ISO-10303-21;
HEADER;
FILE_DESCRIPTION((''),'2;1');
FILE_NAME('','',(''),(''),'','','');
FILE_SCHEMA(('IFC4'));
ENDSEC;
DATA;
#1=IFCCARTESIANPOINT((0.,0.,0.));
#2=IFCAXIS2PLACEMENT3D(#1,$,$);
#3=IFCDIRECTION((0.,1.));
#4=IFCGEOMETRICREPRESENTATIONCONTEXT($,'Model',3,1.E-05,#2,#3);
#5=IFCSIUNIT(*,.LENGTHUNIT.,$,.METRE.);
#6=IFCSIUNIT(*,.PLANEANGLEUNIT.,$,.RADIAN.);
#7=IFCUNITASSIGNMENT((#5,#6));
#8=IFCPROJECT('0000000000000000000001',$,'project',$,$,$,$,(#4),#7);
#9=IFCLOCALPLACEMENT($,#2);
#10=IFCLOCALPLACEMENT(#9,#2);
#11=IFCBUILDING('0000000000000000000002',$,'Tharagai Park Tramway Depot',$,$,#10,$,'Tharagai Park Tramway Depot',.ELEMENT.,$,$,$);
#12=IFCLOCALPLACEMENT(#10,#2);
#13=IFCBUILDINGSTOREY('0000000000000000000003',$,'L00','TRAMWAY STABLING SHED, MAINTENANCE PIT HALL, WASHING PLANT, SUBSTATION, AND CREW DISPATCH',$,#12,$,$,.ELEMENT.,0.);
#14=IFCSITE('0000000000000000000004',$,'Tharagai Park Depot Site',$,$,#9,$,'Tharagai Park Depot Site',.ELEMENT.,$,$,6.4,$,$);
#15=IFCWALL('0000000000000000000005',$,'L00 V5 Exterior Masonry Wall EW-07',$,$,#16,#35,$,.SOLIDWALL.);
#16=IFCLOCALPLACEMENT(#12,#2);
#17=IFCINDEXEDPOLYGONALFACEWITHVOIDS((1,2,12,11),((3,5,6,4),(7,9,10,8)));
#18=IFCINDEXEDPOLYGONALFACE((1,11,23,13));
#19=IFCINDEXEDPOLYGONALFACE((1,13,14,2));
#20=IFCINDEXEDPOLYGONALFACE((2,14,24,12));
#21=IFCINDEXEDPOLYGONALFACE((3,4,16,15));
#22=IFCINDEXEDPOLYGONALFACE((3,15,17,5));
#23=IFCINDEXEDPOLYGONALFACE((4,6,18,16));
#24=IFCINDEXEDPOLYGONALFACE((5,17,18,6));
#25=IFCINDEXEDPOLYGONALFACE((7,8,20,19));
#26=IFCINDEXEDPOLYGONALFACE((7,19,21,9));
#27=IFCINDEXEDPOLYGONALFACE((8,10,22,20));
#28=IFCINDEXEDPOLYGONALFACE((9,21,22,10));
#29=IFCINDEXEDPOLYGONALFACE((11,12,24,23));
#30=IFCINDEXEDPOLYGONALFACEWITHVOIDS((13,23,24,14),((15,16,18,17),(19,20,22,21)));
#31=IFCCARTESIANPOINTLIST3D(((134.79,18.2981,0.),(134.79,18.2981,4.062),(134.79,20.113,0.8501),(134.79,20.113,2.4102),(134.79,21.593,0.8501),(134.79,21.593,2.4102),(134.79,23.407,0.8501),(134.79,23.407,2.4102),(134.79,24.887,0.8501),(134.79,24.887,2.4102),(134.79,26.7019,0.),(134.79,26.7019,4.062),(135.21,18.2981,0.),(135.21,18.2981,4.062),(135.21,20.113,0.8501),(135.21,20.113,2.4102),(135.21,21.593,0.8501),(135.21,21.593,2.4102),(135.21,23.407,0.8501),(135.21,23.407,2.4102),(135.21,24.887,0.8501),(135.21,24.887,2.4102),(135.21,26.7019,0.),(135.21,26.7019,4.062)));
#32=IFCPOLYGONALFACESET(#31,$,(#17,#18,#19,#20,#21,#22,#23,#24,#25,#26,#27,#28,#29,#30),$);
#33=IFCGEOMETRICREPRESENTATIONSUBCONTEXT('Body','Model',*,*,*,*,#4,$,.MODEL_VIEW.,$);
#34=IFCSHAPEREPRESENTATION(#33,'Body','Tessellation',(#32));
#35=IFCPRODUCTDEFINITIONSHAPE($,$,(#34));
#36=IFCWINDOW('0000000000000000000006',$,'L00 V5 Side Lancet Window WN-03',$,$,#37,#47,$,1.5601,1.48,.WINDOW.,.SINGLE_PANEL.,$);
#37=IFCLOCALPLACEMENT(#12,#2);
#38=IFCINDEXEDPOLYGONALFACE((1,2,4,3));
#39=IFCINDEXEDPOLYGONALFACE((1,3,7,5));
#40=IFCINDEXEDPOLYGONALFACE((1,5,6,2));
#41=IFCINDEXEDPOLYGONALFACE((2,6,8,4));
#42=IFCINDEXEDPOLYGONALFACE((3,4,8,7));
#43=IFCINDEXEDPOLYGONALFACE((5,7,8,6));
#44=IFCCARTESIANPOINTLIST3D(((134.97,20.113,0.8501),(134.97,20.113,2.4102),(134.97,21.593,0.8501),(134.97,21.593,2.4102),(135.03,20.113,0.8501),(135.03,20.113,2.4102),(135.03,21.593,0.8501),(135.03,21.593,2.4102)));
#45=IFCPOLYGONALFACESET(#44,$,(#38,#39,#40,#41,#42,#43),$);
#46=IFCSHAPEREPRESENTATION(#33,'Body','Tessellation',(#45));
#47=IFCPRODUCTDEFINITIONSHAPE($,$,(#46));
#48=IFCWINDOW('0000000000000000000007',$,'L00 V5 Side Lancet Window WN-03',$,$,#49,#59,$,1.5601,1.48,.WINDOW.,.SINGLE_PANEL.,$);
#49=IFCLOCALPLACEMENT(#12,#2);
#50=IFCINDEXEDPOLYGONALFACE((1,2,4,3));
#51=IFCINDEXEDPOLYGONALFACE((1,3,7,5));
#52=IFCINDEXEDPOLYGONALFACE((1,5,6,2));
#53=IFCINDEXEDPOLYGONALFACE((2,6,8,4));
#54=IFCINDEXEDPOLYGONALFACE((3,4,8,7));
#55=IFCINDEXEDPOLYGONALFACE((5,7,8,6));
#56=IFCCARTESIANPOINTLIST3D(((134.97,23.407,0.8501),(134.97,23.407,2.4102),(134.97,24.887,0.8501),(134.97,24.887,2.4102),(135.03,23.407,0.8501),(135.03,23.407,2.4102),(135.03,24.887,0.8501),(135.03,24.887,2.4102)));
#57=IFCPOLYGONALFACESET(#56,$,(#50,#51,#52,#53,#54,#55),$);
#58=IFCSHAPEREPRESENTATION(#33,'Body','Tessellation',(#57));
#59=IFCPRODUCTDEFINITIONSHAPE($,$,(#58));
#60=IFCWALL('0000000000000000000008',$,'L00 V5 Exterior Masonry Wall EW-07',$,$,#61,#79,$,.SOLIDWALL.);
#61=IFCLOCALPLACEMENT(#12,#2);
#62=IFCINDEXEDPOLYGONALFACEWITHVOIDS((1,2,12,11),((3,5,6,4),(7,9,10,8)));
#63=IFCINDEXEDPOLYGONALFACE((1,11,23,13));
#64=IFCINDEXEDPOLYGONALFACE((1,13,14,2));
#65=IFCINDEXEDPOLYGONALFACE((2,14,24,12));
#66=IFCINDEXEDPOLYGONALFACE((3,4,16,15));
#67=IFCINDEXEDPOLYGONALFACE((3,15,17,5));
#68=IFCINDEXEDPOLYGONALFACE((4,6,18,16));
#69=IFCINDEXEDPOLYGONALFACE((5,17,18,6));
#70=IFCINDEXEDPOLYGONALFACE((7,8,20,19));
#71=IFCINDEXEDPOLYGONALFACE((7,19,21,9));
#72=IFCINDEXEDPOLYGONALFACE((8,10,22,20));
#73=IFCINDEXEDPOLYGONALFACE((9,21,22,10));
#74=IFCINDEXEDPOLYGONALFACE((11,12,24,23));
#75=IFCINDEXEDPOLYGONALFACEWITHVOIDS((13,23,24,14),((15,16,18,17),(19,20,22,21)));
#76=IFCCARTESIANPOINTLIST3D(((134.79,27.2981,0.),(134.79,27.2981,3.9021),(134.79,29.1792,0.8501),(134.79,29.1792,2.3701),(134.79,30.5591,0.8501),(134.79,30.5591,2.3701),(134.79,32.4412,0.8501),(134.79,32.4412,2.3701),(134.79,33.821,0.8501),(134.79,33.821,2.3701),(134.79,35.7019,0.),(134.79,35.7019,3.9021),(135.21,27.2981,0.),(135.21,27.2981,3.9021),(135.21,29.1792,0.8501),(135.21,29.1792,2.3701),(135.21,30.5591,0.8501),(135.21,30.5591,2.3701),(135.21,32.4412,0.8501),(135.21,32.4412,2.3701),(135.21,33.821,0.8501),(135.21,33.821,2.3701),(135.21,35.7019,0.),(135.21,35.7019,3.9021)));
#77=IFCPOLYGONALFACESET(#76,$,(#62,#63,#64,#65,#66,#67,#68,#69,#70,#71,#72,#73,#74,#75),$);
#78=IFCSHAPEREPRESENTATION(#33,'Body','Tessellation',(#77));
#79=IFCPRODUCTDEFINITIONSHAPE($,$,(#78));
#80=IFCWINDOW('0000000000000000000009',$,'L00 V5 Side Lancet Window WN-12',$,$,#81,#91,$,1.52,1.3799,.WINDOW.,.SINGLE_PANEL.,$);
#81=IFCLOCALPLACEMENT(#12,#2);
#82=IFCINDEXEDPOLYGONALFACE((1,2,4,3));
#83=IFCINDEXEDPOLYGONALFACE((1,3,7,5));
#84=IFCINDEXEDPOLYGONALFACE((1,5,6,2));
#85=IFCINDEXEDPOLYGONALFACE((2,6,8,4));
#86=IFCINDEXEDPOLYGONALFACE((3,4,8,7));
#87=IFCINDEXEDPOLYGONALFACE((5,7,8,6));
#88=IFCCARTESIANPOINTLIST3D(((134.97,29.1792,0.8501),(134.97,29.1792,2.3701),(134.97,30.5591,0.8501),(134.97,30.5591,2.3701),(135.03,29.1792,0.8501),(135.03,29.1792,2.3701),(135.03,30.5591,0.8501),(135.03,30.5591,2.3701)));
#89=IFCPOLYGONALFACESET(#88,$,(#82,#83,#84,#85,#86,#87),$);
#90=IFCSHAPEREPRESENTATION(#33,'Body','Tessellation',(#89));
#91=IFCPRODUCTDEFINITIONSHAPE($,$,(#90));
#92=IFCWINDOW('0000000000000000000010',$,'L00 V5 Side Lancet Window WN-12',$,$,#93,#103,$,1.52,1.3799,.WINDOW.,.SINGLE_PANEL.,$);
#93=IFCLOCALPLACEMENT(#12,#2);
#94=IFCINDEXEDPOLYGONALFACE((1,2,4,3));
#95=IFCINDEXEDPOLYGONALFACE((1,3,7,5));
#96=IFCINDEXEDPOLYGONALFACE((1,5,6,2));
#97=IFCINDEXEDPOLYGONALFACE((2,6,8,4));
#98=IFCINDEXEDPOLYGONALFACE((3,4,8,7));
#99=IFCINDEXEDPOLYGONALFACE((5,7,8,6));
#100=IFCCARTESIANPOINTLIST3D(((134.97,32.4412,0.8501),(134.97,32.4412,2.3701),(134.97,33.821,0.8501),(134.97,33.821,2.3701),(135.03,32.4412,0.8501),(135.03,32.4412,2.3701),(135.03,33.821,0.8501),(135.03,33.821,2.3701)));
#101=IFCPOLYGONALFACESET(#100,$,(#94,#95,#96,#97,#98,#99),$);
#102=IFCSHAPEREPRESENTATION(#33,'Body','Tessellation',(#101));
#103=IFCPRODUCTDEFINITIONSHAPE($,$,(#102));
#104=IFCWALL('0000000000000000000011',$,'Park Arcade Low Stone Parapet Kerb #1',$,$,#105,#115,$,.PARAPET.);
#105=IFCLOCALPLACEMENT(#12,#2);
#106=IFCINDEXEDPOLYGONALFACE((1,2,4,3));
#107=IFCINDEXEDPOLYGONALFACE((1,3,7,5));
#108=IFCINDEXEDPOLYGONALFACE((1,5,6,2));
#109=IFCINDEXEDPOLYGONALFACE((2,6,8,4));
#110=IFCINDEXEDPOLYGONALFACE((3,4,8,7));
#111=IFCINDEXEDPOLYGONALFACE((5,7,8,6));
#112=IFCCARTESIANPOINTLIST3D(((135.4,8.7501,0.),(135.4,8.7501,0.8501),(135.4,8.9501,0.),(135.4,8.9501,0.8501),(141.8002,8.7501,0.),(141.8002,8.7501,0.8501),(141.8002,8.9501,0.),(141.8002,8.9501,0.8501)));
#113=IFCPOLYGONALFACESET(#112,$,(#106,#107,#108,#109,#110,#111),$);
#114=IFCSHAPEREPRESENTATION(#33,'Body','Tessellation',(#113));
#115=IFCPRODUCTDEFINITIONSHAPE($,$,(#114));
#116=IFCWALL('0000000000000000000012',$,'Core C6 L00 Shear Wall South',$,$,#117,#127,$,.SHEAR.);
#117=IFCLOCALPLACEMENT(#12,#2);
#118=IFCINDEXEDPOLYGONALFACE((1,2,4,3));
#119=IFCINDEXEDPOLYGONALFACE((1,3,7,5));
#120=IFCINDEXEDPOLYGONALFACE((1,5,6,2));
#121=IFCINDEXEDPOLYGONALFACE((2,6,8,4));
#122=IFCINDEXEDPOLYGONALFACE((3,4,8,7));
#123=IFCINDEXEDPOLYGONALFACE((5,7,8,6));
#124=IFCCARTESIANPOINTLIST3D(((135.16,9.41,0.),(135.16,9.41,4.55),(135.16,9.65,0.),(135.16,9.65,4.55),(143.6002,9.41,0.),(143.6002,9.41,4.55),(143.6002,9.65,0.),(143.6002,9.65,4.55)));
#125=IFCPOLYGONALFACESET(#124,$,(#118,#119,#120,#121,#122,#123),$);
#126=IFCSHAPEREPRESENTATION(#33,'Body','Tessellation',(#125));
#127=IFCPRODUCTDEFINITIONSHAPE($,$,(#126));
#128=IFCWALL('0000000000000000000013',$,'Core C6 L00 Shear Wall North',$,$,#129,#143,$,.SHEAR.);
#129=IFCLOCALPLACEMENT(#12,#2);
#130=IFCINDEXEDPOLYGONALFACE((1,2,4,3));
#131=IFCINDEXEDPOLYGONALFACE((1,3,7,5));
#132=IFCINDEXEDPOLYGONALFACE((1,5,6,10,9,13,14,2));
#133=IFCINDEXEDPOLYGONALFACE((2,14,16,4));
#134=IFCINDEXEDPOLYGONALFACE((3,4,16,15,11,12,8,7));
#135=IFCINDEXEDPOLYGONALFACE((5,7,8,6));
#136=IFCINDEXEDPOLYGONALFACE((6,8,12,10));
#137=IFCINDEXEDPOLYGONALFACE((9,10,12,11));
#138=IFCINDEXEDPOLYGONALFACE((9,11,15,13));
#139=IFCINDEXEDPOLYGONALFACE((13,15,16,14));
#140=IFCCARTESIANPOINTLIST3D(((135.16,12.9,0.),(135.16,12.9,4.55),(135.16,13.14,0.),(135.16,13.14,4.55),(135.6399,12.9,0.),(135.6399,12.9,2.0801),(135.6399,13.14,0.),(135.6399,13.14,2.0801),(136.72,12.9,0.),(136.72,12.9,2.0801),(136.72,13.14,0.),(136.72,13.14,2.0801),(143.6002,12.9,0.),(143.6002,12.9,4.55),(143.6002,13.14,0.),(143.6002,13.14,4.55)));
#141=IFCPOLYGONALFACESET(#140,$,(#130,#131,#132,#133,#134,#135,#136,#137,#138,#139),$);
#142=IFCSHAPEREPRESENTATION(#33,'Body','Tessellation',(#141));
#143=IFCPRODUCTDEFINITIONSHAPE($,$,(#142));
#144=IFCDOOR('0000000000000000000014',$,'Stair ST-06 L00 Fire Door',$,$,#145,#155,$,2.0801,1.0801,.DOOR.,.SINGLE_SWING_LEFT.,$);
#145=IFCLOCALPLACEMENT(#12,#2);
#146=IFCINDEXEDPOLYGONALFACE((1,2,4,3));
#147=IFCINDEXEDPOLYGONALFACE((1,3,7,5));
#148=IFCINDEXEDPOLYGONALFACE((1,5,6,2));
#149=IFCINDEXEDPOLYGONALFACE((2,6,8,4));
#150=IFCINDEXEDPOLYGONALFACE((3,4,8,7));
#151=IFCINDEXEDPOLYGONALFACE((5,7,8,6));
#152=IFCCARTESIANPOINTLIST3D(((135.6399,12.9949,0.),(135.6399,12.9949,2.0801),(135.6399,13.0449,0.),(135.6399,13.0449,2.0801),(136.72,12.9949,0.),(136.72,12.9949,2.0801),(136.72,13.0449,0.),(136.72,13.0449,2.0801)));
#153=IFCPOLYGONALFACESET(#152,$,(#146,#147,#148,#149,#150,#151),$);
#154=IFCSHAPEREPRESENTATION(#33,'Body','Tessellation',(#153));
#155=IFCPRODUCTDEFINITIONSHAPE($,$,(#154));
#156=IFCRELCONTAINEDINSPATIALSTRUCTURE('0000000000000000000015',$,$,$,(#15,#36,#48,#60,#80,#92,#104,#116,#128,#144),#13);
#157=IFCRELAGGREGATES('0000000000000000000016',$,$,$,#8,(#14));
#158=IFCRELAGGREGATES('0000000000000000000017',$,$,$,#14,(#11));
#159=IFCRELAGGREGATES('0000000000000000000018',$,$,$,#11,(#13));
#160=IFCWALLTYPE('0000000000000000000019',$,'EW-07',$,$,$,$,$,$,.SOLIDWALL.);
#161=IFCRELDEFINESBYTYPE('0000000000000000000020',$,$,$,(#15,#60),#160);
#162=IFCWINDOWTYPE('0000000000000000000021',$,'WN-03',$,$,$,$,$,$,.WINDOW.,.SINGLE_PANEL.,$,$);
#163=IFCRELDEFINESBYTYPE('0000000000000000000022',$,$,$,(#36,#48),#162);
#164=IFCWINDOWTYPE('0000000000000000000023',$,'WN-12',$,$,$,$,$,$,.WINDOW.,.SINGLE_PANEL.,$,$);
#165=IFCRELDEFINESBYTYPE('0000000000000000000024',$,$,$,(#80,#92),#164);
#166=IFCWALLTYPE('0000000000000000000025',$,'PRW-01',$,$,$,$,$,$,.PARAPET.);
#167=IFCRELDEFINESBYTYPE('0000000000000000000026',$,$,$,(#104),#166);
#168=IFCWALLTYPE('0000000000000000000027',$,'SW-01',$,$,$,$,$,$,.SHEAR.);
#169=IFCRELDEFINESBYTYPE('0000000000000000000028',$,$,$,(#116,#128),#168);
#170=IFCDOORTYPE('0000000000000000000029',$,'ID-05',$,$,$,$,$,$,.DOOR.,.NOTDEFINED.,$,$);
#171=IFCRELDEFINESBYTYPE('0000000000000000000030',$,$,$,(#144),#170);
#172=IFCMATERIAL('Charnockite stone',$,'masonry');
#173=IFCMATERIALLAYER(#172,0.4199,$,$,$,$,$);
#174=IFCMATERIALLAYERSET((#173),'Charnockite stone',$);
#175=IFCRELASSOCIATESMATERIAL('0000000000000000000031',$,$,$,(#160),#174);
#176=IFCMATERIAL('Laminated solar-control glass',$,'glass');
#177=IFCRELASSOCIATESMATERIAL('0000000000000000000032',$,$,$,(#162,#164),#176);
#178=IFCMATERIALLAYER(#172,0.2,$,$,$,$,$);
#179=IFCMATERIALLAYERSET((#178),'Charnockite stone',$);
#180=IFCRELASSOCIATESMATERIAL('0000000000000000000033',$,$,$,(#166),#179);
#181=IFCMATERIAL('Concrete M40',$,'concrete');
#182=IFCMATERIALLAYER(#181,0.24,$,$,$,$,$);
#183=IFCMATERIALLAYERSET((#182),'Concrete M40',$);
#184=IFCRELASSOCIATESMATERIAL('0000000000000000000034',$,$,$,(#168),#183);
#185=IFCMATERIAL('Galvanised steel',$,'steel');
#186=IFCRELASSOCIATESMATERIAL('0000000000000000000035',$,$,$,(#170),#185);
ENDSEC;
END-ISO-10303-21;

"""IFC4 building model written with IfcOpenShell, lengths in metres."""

from ifc_helpers import new_model, si_unit, direction, frame, frame_2d, origin, place, context, subcontext, project, spatial, rectangle, extrude, material, layer, layer_set, type_object, element, fill, save


model = new_model("IFC4")

# Units and contexts
model_context = context("Model", 3, precision=1e-05, world=origin(), true_north=direction((0.0, 1.0)))
body_context = subcontext(model_context, "Body", "Model", "MODEL_VIEW")
ifc_project = project(units=[si_unit("LENGTHUNIT", "METRE"), si_unit("PLANEANGLEUNIT", "RADIAN")], contexts=[model_context])

# Site, building, storey
site_placement = place(None, origin())
site = spatial("IfcSite", under=ifc_project, at=site_placement, Name="Tharagai Park Depot Site", LongName="Tharagai Park Depot Site", CompositionType="ELEMENT", RefElevation=6.4)
building_placement = place(site_placement, origin())
building = spatial("IfcBuilding", under=site, at=building_placement, Name="Tharagai Park Tramway Depot", LongName="Tharagai Park Tramway Depot", CompositionType="ELEMENT")
storey_placement = place(building_placement, origin())
storey = spatial("IfcBuildingStorey", under=building, at=storey_placement, Name="L00", Description="TRAMWAY STABLING SHED, MAINTENANCE PIT HALL, WASHING PLANT, SUBSTATION, AND CREW DISPATCH", CompositionType="ELEMENT", Elevation=0.0)

# Shared definitions
ifc_material_1 = material(Name="Concrete M40", Category="concrete")

# Shared definitions
ifc_material_2 = material(Name="Charnockite stone", Category="masonry")
ifc_layer_1 = layer(ifc_material_2, 0.4199)
ifc_layer_set_1 = layer_set([ifc_layer_1], Name="Charnockite stone")
wall_type_1 = type_object("IfcWallType", Name="EW-07", PredefinedType="SOLIDWALL", material=ifc_layer_set_1)

# Walls, openings, windows
wall_1_placement = place(storey_placement, frame((135.0, 18.2981, 0.0), z_axis=(0.0, 0.0, 1.0), x_axis=(0.0, 1.0, 0.0)))
wall_1 = element("IfcWall", 1, at=wall_1_placement, inside=storey, type_object=wall_type_1, Name="L00 V5 Exterior Masonry Wall EW-07", PredefinedType="SOLIDWALL", context=body_context, shape_type="SweptSolid", body=[
    extrude(rectangle(XDim=8.4038, YDim=0.4199, at=frame_2d((4.2019, 0.0))), origin(), (0.0, 0.0, 1.0), 4.062),
])
opening_1_placement = place(wall_1_placement, frame((1.8149, 0.0, 0.8501)))
opening_1 = element("IfcOpeningElement", 2, at=opening_1_placement, cuts=wall_1, PredefinedType="OPENING", context=body_context, shape_type="SweptSolid", body=[
    extrude(rectangle(XDim=1.48, YDim=1.5601, at=frame_2d((0.74, 0.78))), frame((0.0, 0.22, 0.0), z_axis=(0.0, -1.0, 0.0), x_axis=(1.0, 0.0, 0.0)), (0.0, 0.0, 1.0), 0.4399),
])
opening_2_placement = place(wall_1_placement, frame((5.1089, 0.0, 0.8501)))
opening_2 = element("IfcOpeningElement", 3, at=opening_2_placement, cuts=wall_1, PredefinedType="OPENING", context=body_context, shape_type="SweptSolid", body=[
    extrude(rectangle(XDim=1.48, YDim=1.5601, at=frame_2d((0.74, 0.78))), frame((0.0, 0.22, 0.0), z_axis=(0.0, -1.0, 0.0), x_axis=(1.0, 0.0, 0.0)), (0.0, 0.0, 1.0), 0.4399),
])
ifc_material_3 = material(Name="Laminated solar-control glass", Category="glass")
window_type_1 = type_object("IfcWindowType", Name="WN-03", PartitioningType="SINGLE_PANEL", PredefinedType="WINDOW", material=ifc_material_3)
window_1_placement = place(opening_1_placement, origin())
window_1 = element("IfcWindow", 4, at=window_1_placement, inside=storey, type_object=window_type_1, Name="L00 V5 Side Lancet Window WN-03", OverallHeight=1.5601, OverallWidth=1.48, PartitioningType="SINGLE_PANEL", PredefinedType="WINDOW", context=body_context, shape_type="SweptSolid", body=[
    extrude(rectangle(XDim=1.48, YDim=1.5601, at=frame_2d((0.74, 0.78))), frame((0.0, 0.03, 0.0), z_axis=(0.0, -1.0, 0.0), x_axis=(1.0, 0.0, 0.0)), (0.0, 0.0, 1.0), 0.0601),
])
fill(opening_1, window_1)
window_2_placement = place(opening_2_placement, origin())
window_2 = element("IfcWindow", 5, at=window_2_placement, inside=storey, type_object=window_type_1, Name="L00 V5 Side Lancet Window WN-03", OverallHeight=1.5601, OverallWidth=1.48, PartitioningType="SINGLE_PANEL", PredefinedType="WINDOW", context=body_context, shape_type="SweptSolid", body=[
    extrude(rectangle(XDim=1.48, YDim=1.5601, at=frame_2d((0.74, 0.78))), frame((0.0, 0.03, 0.0), z_axis=(0.0, -1.0, 0.0), x_axis=(1.0, 0.0, 0.0)), (0.0, 0.0, 1.0), 0.0601),
])
fill(opening_2, window_2)
wall_2_placement = place(storey_placement, frame((135.0, 27.2981, 0.0), z_axis=(0.0, 0.0, 1.0), x_axis=(0.0, 1.0, 0.0)))
wall_2 = element("IfcWall", 6, at=wall_2_placement, inside=storey, type_object=wall_type_1, Name="L00 V5 Exterior Masonry Wall EW-07", PredefinedType="SOLIDWALL", context=body_context, shape_type="SweptSolid", body=[
    extrude(rectangle(XDim=8.4038, YDim=0.4199, at=frame_2d((4.2019, 0.0))), origin(), (0.0, 0.0, 1.0), 3.9021),
])
opening_3_placement = place(wall_2_placement, frame((1.8811, 0.0, 0.8501)))
opening_3 = element("IfcOpeningElement", 7, at=opening_3_placement, cuts=wall_2, PredefinedType="OPENING", context=body_context, shape_type="SweptSolid", body=[
    extrude(rectangle(XDim=1.3799, YDim=1.52, at=frame_2d((0.6899, 0.76))), frame((0.0, 0.22, 0.0), z_axis=(0.0, -1.0, 0.0), x_axis=(1.0, 0.0, 0.0)), (0.0, 0.0, 1.0), 0.4399),
])
opening_4_placement = place(wall_2_placement, frame((5.1431, 0.0, 0.8501)))
opening_4 = element("IfcOpeningElement", 8, at=opening_4_placement, cuts=wall_2, PredefinedType="OPENING", context=body_context, shape_type="SweptSolid", body=[
    extrude(rectangle(XDim=1.3799, YDim=1.52, at=frame_2d((0.6899, 0.76))), frame((0.0, 0.22, 0.0), z_axis=(0.0, -1.0, 0.0), x_axis=(1.0, 0.0, 0.0)), (0.0, 0.0, 1.0), 0.4399),
])
window_type_2 = type_object("IfcWindowType", Name="WN-12", PartitioningType="SINGLE_PANEL", PredefinedType="WINDOW", material=ifc_material_3)
window_3_placement = place(opening_3_placement, origin())
window_3 = element("IfcWindow", 9, at=window_3_placement, inside=storey, type_object=window_type_2, Name="L00 V5 Side Lancet Window WN-12", OverallHeight=1.52, OverallWidth=1.3799, PartitioningType="SINGLE_PANEL", PredefinedType="WINDOW", context=body_context, shape_type="SweptSolid", body=[
    extrude(rectangle(XDim=1.3799, YDim=1.52, at=frame_2d((0.6899, 0.76))), frame((0.0, 0.03, 0.0), z_axis=(0.0, -1.0, 0.0), x_axis=(1.0, 0.0, 0.0)), (0.0, 0.0, 1.0), 0.0601),
])
fill(opening_3, window_3)
window_4_placement = place(opening_4_placement, origin())
window_4 = element("IfcWindow", 10, at=window_4_placement, inside=storey, type_object=window_type_2, Name="L00 V5 Side Lancet Window WN-12", OverallHeight=1.52, OverallWidth=1.3799, PartitioningType="SINGLE_PANEL", PredefinedType="WINDOW", context=body_context, shape_type="SweptSolid", body=[
    extrude(rectangle(XDim=1.3799, YDim=1.52, at=frame_2d((0.6899, 0.76))), frame((0.0, 0.03, 0.0), z_axis=(0.0, -1.0, 0.0), x_axis=(1.0, 0.0, 0.0)), (0.0, 0.0, 1.0), 0.0601),
])
fill(opening_4, window_4)

# Walls
ifc_layer_2 = layer(ifc_material_2, 0.2)
ifc_layer_set_2 = layer_set([ifc_layer_2], Name="Charnockite stone")
wall_type_2 = type_object("IfcWallType", Name="PRW-01", PredefinedType="PARAPET", material=ifc_layer_set_2)
wall_3_placement = place(storey_placement, frame((135.3999, 8.8501, 0.0), z_axis=(0.0, 0.0, 1.0), x_axis=(1.0, 0.0, 0.0)))
element("IfcWall", 11, at=wall_3_placement, inside=storey, type_object=wall_type_2, Name="Park Arcade Low Stone Parapet Kerb #1", PredefinedType="PARAPET", context=body_context, shape_type="SweptSolid", body=[
    extrude(rectangle(XDim=6.4001, YDim=0.2, at=frame_2d((3.2002, 0.0))), origin(), (0.0, 0.0, 1.0), 0.8501),
])
ifc_layer_3 = layer(ifc_material_1, 0.24)
ifc_layer_set_3 = layer_set([ifc_layer_3], Name="Concrete M40")
wall_type_3 = type_object("IfcWallType", Name="SW-01", PredefinedType="SHEAR", material=ifc_layer_set_3)
wall_4_placement = place(storey_placement, frame((135.1599, 9.53, 0.0), z_axis=(0.0, 0.0, 1.0), x_axis=(1.0, 0.0, 0.0)))
element("IfcWall", 12, at=wall_4_placement, inside=storey, type_object=wall_type_3, Name="Core C6 L00 Shear Wall South", PredefinedType="SHEAR", context=body_context, shape_type="SweptSolid", body=[
    extrude(rectangle(XDim=8.4402, YDim=0.24, at=frame_2d((4.2202, 0.0))), origin(), (0.0, 0.0, 1.0), 4.55),
])

# Wall, opening, door
wall_5_placement = place(storey_placement, frame((135.1599, 13.02, 0.0), z_axis=(0.0, 0.0, 1.0), x_axis=(1.0, 0.0, 0.0)))
wall_5 = element("IfcWall", 13, at=wall_5_placement, inside=storey, type_object=wall_type_3, Name="Core C6 L00 Shear Wall North", PredefinedType="SHEAR", context=body_context, shape_type="SweptSolid", body=[
    extrude(rectangle(XDim=8.4402, YDim=0.24, at=frame_2d((4.2202, 0.0))), origin(), (0.0, 0.0, 1.0), 4.55),
])
opening_5_placement = place(wall_5_placement, frame((0.48, 0.0, 0.0)))
opening_5 = element("IfcOpeningElement", 14, at=opening_5_placement, cuts=wall_5, PredefinedType="OPENING", context=body_context, shape_type="SweptSolid", body=[
    extrude(rectangle(XDim=1.0801, YDim=2.0801, at=frame_2d((0.54, 1.04))), frame((0.0, 0.1299, 0.0), z_axis=(0.0, -1.0, 0.0), x_axis=(1.0, 0.0, 0.0)), (0.0, 0.0, 1.0), 0.26),
])
ifc_material_4 = material(Name="Galvanised steel", Category="steel")
door_type_1 = type_object("IfcDoorType", Name="ID-05", OperationType="NOTDEFINED", PredefinedType="DOOR", material=ifc_material_4)
door_1_placement = place(opening_5_placement, origin())
door_1 = element("IfcDoor", 15, at=door_1_placement, inside=storey, type_object=door_type_1, Name="Stair ST-06 L00 Fire Door", OperationType="SINGLE_SWING_LEFT", OverallHeight=2.0801, OverallWidth=1.0801, PredefinedType="DOOR", context=body_context, shape_type="SweptSolid", body=[
    extrude(rectangle(XDim=1.0801, YDim=2.0801, at=frame_2d((0.54, 1.04))), frame((0.0, 0.0249, 0.0), z_axis=(0.0, -1.0, 0.0), x_axis=(1.0, 0.0, 0.0)), (0.0, 0.0, 1.0), 0.05),
])
fill(opening_5, door_1)

save(model, "model.ifc")
